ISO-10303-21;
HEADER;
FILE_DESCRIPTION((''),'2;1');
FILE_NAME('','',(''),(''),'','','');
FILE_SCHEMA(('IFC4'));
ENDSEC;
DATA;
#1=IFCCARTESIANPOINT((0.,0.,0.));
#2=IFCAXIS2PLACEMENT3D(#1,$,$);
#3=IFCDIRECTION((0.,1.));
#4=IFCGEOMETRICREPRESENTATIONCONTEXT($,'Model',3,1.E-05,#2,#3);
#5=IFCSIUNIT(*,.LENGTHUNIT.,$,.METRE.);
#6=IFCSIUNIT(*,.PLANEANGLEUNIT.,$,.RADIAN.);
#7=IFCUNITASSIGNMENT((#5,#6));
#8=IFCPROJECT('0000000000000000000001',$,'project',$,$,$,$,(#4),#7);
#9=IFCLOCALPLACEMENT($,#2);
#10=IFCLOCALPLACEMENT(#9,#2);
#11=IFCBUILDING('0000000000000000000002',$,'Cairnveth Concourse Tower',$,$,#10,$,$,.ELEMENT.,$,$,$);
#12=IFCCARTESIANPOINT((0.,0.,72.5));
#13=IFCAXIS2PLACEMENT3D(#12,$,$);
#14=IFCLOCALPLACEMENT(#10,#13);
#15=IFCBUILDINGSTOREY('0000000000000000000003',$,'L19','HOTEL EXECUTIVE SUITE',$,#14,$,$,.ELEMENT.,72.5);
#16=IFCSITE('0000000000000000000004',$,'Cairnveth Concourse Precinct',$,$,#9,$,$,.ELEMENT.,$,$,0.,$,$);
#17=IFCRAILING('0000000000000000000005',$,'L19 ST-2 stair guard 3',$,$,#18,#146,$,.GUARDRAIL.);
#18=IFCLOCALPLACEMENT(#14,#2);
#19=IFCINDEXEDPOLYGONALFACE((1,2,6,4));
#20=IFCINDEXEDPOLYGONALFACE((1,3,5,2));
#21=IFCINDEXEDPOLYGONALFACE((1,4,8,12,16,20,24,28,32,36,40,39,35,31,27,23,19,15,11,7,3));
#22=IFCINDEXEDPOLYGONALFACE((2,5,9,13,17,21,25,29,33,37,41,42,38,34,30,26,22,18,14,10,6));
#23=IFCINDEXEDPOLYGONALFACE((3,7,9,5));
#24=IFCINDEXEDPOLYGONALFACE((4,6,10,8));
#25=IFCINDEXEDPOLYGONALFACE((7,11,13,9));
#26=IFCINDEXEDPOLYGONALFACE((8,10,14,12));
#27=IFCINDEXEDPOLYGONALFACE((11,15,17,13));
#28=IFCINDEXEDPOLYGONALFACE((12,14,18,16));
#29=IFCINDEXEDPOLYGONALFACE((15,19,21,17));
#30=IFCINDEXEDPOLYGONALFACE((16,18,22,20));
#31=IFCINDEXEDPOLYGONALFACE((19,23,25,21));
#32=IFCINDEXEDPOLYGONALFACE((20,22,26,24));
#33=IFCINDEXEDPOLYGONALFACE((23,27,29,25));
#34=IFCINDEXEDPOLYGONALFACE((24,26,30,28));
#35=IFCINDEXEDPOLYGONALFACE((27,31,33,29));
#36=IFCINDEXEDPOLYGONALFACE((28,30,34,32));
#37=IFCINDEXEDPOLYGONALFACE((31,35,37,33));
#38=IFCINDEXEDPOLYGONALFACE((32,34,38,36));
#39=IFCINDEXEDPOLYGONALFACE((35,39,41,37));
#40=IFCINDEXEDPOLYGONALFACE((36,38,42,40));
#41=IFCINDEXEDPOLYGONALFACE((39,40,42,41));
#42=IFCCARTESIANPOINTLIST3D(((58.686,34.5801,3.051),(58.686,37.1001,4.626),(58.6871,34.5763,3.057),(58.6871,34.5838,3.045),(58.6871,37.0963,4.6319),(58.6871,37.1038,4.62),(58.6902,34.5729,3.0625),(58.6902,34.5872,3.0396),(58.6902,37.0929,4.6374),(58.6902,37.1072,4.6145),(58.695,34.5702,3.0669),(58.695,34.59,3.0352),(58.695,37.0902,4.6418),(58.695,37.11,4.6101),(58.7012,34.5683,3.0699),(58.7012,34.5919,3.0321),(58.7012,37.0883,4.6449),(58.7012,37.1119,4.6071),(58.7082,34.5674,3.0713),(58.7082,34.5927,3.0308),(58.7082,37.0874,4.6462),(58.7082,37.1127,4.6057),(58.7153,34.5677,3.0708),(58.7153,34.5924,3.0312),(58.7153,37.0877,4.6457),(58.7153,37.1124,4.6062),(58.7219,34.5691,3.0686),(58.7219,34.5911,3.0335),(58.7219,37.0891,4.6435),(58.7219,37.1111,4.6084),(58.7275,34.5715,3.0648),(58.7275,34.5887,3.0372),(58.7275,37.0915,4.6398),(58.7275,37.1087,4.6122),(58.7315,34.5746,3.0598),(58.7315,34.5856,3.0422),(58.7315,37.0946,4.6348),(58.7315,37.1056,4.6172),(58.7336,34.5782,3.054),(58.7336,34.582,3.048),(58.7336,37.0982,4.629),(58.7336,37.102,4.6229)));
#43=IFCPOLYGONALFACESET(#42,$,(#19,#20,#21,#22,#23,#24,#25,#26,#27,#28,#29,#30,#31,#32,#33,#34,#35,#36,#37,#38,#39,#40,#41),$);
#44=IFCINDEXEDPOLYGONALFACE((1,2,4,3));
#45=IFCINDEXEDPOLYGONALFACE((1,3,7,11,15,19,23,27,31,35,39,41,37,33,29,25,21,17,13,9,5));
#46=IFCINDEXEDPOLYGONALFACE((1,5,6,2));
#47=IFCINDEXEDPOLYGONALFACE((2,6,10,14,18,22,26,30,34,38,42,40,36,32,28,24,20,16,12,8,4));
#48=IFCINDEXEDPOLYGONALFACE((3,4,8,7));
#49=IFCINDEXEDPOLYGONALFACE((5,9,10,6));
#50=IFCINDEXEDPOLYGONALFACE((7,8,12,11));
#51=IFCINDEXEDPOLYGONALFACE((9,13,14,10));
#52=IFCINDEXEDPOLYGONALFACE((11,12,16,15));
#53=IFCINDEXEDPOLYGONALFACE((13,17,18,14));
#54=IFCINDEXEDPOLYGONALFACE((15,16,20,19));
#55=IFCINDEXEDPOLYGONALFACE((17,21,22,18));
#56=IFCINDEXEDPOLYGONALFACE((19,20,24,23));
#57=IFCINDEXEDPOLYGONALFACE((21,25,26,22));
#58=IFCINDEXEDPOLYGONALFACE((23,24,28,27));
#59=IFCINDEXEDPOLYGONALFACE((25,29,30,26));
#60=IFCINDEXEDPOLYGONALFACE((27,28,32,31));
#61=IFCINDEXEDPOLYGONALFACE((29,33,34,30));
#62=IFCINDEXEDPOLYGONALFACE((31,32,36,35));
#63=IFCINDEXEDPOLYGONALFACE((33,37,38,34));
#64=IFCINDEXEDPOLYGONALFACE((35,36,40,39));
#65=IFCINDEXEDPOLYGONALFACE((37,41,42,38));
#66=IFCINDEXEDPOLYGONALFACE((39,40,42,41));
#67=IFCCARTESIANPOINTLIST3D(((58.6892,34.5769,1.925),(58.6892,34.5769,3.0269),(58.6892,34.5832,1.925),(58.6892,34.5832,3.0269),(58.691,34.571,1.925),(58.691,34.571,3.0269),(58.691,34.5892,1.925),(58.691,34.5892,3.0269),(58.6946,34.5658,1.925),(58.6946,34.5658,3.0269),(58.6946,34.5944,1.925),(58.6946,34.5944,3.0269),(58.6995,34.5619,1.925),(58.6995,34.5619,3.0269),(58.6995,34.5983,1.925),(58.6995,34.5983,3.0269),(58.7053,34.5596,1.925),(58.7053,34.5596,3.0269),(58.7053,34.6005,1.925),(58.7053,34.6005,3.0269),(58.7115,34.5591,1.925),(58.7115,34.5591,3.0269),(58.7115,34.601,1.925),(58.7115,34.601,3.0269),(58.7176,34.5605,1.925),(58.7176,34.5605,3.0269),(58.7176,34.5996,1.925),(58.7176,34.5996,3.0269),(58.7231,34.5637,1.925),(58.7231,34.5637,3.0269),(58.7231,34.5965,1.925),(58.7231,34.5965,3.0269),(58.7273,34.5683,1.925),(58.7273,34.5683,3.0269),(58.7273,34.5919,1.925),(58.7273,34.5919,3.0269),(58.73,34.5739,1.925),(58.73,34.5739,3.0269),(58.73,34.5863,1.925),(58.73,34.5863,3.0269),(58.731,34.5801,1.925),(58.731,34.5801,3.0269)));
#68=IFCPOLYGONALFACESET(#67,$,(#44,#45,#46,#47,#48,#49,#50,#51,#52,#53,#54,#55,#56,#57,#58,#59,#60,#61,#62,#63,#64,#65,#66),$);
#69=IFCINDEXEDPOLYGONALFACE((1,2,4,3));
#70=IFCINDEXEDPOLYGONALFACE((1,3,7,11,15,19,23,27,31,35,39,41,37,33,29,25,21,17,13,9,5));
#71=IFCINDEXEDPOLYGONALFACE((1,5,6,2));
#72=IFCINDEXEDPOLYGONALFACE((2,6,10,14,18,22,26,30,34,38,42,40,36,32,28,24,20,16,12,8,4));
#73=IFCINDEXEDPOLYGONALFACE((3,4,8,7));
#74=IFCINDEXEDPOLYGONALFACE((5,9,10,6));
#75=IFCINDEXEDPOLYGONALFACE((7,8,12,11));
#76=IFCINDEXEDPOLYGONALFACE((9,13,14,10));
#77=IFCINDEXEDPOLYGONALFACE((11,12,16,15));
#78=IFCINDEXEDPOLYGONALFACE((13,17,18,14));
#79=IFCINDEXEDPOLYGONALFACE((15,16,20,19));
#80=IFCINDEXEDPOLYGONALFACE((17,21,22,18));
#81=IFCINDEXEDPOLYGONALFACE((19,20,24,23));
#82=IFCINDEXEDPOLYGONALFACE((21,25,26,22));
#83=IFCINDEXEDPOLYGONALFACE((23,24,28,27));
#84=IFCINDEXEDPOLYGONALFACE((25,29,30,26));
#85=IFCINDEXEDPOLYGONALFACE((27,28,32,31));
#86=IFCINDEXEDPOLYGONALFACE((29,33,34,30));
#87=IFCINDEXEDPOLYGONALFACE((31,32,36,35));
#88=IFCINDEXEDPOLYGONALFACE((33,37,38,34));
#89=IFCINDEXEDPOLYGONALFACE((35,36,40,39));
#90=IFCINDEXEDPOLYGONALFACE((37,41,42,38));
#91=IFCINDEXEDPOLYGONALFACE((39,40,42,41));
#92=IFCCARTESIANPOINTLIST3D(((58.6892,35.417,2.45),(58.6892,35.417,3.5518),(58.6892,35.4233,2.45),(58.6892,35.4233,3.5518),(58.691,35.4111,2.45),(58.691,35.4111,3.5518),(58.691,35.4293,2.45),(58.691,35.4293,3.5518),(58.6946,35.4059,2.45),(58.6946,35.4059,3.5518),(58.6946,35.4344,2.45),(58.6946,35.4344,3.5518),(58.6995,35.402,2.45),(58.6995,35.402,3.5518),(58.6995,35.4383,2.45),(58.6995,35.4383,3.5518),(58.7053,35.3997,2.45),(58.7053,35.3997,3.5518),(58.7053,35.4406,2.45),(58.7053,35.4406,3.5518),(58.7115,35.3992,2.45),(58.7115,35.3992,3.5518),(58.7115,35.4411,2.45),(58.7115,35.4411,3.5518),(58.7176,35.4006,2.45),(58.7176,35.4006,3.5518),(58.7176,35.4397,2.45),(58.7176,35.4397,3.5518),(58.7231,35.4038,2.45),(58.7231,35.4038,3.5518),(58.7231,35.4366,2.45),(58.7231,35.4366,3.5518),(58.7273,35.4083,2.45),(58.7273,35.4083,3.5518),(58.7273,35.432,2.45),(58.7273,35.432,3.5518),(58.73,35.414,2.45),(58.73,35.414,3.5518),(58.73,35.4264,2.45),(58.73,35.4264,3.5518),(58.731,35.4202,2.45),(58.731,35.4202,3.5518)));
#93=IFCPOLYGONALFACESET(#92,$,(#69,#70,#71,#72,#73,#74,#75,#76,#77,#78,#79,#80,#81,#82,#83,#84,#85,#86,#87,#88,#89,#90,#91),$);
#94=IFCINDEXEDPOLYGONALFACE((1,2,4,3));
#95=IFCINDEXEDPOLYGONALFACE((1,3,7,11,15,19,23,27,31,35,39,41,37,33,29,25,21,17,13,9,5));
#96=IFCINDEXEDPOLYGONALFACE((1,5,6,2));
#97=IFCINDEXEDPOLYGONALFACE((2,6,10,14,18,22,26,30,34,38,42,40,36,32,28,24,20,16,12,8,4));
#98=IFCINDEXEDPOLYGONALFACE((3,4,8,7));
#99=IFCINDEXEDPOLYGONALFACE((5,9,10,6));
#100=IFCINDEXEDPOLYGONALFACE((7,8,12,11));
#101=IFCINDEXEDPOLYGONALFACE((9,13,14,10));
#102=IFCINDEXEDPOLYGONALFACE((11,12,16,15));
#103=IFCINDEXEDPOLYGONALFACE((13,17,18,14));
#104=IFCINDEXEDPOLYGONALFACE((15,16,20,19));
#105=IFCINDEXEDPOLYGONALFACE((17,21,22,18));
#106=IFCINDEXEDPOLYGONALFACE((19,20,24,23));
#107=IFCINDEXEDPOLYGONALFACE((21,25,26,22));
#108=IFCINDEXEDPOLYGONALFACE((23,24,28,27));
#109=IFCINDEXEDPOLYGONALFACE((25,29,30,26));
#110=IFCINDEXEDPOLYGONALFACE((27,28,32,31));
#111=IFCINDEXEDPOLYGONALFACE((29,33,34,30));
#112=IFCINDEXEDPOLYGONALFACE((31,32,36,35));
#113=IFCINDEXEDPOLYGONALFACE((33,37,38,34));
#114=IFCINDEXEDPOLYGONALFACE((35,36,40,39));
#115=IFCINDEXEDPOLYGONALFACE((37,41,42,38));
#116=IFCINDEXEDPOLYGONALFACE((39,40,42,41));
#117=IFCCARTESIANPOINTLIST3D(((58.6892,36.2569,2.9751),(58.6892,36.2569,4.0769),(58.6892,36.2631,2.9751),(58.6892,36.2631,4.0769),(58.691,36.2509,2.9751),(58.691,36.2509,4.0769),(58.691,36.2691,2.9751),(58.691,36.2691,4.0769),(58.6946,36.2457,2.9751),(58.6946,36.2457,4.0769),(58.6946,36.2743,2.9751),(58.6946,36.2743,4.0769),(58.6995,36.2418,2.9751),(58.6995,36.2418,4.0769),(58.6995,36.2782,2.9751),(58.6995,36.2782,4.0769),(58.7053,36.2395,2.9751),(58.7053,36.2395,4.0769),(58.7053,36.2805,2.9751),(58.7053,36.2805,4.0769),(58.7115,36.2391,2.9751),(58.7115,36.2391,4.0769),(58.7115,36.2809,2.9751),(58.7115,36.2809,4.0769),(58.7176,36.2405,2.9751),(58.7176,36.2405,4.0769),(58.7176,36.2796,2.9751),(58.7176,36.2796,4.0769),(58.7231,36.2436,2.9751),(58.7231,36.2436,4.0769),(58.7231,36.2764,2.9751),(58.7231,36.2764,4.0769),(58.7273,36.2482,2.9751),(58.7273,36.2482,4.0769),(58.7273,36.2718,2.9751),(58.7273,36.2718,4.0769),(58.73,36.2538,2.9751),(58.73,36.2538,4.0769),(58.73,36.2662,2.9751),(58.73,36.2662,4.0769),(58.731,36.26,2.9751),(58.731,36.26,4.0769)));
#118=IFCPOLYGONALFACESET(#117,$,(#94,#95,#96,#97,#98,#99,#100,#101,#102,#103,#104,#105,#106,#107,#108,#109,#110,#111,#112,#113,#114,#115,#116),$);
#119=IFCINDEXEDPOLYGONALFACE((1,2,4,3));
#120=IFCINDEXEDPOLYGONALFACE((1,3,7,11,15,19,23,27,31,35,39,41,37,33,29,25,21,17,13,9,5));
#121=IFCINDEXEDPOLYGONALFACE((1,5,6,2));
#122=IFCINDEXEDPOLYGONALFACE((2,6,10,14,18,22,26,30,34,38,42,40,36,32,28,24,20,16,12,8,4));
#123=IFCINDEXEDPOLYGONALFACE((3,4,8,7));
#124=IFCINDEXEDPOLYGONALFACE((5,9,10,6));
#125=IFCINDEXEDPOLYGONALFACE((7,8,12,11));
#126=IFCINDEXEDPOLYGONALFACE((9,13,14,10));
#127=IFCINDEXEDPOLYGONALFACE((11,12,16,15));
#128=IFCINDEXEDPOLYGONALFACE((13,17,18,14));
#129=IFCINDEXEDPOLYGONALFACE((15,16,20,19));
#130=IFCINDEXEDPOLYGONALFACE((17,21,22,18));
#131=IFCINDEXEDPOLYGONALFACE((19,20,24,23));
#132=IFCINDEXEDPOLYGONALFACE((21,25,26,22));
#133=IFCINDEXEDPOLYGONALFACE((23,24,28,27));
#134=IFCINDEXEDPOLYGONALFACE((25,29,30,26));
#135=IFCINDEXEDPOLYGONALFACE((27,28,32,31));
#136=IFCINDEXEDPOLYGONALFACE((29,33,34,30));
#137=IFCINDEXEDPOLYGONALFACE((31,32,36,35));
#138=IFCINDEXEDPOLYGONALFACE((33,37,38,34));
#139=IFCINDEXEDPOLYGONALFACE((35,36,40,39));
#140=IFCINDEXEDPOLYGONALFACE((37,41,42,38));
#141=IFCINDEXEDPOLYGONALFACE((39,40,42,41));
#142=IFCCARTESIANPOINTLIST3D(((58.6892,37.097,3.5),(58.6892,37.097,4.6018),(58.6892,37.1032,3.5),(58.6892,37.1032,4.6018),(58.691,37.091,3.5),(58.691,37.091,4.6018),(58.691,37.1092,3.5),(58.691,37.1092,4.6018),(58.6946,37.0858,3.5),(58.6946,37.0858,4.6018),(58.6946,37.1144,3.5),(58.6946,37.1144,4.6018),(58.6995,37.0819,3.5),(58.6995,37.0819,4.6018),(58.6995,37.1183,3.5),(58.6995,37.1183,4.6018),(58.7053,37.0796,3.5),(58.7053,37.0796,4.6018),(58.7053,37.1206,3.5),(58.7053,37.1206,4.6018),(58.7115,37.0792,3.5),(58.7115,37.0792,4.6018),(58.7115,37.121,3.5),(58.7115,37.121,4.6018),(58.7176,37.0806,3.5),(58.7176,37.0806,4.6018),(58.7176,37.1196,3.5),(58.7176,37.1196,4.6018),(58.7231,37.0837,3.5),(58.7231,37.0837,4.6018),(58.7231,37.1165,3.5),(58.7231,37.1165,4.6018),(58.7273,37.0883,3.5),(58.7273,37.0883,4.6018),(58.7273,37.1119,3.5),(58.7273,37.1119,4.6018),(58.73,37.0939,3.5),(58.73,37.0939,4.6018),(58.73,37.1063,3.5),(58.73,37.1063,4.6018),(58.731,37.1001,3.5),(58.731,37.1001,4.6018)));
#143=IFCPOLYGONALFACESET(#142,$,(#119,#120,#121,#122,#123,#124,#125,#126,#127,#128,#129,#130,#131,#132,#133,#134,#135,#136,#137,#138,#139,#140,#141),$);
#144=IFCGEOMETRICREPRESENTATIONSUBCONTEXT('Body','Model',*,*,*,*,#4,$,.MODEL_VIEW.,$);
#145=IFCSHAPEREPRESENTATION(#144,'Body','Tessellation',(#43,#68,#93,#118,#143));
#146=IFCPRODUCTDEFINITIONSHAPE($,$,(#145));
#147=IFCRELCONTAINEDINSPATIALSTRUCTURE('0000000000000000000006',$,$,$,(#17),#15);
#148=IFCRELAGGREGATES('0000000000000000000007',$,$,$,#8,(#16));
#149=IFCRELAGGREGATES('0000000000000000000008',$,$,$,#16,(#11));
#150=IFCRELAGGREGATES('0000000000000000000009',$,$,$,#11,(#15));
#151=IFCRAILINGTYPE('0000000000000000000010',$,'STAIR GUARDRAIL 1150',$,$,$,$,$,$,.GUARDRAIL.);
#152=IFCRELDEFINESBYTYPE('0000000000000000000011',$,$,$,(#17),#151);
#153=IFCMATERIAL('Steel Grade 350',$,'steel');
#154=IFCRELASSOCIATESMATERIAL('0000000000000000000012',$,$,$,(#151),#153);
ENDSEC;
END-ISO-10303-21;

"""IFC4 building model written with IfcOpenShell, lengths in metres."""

from ifc_helpers import new_model, si_unit, direction, frame, origin, origin_2d, place, context, subcontext, project, spatial, circle, extrude, material, type_object, element, save


model = new_model("IFC4")

# Units and contexts
model_context = context("Model", 3, precision=1e-05, world=origin(), true_north=direction((0.0, 1.0)))
body_context = subcontext(model_context, "Body", "Model", "MODEL_VIEW")
ifc_project = project(units=[si_unit("LENGTHUNIT", "METRE"), si_unit("PLANEANGLEUNIT", "RADIAN")], contexts=[model_context])

# Site, building, storey
site_placement = place(None, origin())
site = spatial("IfcSite", under=ifc_project, at=site_placement, Name="Cairnveth Concourse Precinct", CompositionType="ELEMENT", RefElevation=0.0)
building_placement = place(site_placement, origin())
building = spatial("IfcBuilding", under=site, at=building_placement, Name="Cairnveth Concourse Tower", CompositionType="ELEMENT")
storey_placement = place(building_placement, frame((0.0, 0.0, 72.5)))
storey = spatial("IfcBuildingStorey", under=building, at=storey_placement, Name="L19", Description="HOTEL EXECUTIVE SUITE", CompositionType="ELEMENT", Elevation=72.5)

# Shared definitions
ifc_material_1 = material(Name="Steel Grade 350", Category="steel")

# Railing
railing_type_1 = type_object("IfcRailingType", Name="STAIR GUARDRAIL 1150", PredefinedType="GUARDRAIL", material=ifc_material_1)
railing_1_placement = place(storey_placement, frame((58.71, 34.5801, 1.925)))
element("IfcRailing", 1, at=railing_1_placement, inside=storey, type_object=railing_type_1, Name="L19 ST-2 stair guard 3", PredefinedType="GUARDRAIL", context=body_context, shape_type="SweptSolid", body=[
    extrude(circle(Radius=0.0239, at=origin_2d()), frame((0.0, 0.0, 1.126), z_axis=(0.0, 0.848008, 0.529984), x_axis=(-1.0, 0.0, 0.0)), (0.0, 0.0, 1.0), 2.9717),
    extrude(circle(Radius=0.021, at=origin_2d()), origin(), (0.0, 0.0, 1.0), 1.1018),
    extrude(circle(Radius=0.021, at=origin_2d()), frame((0.0, 0.8401, 0.5249)), (0.0, 0.0, 1.0), 1.1018),
    extrude(circle(Radius=0.021, at=origin_2d()), frame((0.0, 1.6799, 1.05)), (0.0, 0.0, 1.0), 1.1018),
    extrude(circle(Radius=0.021, at=origin_2d()), frame((0.0, 2.52, 1.575)), (0.0, 0.0, 1.0), 1.1018),
])

save(model, "model.ifc")
